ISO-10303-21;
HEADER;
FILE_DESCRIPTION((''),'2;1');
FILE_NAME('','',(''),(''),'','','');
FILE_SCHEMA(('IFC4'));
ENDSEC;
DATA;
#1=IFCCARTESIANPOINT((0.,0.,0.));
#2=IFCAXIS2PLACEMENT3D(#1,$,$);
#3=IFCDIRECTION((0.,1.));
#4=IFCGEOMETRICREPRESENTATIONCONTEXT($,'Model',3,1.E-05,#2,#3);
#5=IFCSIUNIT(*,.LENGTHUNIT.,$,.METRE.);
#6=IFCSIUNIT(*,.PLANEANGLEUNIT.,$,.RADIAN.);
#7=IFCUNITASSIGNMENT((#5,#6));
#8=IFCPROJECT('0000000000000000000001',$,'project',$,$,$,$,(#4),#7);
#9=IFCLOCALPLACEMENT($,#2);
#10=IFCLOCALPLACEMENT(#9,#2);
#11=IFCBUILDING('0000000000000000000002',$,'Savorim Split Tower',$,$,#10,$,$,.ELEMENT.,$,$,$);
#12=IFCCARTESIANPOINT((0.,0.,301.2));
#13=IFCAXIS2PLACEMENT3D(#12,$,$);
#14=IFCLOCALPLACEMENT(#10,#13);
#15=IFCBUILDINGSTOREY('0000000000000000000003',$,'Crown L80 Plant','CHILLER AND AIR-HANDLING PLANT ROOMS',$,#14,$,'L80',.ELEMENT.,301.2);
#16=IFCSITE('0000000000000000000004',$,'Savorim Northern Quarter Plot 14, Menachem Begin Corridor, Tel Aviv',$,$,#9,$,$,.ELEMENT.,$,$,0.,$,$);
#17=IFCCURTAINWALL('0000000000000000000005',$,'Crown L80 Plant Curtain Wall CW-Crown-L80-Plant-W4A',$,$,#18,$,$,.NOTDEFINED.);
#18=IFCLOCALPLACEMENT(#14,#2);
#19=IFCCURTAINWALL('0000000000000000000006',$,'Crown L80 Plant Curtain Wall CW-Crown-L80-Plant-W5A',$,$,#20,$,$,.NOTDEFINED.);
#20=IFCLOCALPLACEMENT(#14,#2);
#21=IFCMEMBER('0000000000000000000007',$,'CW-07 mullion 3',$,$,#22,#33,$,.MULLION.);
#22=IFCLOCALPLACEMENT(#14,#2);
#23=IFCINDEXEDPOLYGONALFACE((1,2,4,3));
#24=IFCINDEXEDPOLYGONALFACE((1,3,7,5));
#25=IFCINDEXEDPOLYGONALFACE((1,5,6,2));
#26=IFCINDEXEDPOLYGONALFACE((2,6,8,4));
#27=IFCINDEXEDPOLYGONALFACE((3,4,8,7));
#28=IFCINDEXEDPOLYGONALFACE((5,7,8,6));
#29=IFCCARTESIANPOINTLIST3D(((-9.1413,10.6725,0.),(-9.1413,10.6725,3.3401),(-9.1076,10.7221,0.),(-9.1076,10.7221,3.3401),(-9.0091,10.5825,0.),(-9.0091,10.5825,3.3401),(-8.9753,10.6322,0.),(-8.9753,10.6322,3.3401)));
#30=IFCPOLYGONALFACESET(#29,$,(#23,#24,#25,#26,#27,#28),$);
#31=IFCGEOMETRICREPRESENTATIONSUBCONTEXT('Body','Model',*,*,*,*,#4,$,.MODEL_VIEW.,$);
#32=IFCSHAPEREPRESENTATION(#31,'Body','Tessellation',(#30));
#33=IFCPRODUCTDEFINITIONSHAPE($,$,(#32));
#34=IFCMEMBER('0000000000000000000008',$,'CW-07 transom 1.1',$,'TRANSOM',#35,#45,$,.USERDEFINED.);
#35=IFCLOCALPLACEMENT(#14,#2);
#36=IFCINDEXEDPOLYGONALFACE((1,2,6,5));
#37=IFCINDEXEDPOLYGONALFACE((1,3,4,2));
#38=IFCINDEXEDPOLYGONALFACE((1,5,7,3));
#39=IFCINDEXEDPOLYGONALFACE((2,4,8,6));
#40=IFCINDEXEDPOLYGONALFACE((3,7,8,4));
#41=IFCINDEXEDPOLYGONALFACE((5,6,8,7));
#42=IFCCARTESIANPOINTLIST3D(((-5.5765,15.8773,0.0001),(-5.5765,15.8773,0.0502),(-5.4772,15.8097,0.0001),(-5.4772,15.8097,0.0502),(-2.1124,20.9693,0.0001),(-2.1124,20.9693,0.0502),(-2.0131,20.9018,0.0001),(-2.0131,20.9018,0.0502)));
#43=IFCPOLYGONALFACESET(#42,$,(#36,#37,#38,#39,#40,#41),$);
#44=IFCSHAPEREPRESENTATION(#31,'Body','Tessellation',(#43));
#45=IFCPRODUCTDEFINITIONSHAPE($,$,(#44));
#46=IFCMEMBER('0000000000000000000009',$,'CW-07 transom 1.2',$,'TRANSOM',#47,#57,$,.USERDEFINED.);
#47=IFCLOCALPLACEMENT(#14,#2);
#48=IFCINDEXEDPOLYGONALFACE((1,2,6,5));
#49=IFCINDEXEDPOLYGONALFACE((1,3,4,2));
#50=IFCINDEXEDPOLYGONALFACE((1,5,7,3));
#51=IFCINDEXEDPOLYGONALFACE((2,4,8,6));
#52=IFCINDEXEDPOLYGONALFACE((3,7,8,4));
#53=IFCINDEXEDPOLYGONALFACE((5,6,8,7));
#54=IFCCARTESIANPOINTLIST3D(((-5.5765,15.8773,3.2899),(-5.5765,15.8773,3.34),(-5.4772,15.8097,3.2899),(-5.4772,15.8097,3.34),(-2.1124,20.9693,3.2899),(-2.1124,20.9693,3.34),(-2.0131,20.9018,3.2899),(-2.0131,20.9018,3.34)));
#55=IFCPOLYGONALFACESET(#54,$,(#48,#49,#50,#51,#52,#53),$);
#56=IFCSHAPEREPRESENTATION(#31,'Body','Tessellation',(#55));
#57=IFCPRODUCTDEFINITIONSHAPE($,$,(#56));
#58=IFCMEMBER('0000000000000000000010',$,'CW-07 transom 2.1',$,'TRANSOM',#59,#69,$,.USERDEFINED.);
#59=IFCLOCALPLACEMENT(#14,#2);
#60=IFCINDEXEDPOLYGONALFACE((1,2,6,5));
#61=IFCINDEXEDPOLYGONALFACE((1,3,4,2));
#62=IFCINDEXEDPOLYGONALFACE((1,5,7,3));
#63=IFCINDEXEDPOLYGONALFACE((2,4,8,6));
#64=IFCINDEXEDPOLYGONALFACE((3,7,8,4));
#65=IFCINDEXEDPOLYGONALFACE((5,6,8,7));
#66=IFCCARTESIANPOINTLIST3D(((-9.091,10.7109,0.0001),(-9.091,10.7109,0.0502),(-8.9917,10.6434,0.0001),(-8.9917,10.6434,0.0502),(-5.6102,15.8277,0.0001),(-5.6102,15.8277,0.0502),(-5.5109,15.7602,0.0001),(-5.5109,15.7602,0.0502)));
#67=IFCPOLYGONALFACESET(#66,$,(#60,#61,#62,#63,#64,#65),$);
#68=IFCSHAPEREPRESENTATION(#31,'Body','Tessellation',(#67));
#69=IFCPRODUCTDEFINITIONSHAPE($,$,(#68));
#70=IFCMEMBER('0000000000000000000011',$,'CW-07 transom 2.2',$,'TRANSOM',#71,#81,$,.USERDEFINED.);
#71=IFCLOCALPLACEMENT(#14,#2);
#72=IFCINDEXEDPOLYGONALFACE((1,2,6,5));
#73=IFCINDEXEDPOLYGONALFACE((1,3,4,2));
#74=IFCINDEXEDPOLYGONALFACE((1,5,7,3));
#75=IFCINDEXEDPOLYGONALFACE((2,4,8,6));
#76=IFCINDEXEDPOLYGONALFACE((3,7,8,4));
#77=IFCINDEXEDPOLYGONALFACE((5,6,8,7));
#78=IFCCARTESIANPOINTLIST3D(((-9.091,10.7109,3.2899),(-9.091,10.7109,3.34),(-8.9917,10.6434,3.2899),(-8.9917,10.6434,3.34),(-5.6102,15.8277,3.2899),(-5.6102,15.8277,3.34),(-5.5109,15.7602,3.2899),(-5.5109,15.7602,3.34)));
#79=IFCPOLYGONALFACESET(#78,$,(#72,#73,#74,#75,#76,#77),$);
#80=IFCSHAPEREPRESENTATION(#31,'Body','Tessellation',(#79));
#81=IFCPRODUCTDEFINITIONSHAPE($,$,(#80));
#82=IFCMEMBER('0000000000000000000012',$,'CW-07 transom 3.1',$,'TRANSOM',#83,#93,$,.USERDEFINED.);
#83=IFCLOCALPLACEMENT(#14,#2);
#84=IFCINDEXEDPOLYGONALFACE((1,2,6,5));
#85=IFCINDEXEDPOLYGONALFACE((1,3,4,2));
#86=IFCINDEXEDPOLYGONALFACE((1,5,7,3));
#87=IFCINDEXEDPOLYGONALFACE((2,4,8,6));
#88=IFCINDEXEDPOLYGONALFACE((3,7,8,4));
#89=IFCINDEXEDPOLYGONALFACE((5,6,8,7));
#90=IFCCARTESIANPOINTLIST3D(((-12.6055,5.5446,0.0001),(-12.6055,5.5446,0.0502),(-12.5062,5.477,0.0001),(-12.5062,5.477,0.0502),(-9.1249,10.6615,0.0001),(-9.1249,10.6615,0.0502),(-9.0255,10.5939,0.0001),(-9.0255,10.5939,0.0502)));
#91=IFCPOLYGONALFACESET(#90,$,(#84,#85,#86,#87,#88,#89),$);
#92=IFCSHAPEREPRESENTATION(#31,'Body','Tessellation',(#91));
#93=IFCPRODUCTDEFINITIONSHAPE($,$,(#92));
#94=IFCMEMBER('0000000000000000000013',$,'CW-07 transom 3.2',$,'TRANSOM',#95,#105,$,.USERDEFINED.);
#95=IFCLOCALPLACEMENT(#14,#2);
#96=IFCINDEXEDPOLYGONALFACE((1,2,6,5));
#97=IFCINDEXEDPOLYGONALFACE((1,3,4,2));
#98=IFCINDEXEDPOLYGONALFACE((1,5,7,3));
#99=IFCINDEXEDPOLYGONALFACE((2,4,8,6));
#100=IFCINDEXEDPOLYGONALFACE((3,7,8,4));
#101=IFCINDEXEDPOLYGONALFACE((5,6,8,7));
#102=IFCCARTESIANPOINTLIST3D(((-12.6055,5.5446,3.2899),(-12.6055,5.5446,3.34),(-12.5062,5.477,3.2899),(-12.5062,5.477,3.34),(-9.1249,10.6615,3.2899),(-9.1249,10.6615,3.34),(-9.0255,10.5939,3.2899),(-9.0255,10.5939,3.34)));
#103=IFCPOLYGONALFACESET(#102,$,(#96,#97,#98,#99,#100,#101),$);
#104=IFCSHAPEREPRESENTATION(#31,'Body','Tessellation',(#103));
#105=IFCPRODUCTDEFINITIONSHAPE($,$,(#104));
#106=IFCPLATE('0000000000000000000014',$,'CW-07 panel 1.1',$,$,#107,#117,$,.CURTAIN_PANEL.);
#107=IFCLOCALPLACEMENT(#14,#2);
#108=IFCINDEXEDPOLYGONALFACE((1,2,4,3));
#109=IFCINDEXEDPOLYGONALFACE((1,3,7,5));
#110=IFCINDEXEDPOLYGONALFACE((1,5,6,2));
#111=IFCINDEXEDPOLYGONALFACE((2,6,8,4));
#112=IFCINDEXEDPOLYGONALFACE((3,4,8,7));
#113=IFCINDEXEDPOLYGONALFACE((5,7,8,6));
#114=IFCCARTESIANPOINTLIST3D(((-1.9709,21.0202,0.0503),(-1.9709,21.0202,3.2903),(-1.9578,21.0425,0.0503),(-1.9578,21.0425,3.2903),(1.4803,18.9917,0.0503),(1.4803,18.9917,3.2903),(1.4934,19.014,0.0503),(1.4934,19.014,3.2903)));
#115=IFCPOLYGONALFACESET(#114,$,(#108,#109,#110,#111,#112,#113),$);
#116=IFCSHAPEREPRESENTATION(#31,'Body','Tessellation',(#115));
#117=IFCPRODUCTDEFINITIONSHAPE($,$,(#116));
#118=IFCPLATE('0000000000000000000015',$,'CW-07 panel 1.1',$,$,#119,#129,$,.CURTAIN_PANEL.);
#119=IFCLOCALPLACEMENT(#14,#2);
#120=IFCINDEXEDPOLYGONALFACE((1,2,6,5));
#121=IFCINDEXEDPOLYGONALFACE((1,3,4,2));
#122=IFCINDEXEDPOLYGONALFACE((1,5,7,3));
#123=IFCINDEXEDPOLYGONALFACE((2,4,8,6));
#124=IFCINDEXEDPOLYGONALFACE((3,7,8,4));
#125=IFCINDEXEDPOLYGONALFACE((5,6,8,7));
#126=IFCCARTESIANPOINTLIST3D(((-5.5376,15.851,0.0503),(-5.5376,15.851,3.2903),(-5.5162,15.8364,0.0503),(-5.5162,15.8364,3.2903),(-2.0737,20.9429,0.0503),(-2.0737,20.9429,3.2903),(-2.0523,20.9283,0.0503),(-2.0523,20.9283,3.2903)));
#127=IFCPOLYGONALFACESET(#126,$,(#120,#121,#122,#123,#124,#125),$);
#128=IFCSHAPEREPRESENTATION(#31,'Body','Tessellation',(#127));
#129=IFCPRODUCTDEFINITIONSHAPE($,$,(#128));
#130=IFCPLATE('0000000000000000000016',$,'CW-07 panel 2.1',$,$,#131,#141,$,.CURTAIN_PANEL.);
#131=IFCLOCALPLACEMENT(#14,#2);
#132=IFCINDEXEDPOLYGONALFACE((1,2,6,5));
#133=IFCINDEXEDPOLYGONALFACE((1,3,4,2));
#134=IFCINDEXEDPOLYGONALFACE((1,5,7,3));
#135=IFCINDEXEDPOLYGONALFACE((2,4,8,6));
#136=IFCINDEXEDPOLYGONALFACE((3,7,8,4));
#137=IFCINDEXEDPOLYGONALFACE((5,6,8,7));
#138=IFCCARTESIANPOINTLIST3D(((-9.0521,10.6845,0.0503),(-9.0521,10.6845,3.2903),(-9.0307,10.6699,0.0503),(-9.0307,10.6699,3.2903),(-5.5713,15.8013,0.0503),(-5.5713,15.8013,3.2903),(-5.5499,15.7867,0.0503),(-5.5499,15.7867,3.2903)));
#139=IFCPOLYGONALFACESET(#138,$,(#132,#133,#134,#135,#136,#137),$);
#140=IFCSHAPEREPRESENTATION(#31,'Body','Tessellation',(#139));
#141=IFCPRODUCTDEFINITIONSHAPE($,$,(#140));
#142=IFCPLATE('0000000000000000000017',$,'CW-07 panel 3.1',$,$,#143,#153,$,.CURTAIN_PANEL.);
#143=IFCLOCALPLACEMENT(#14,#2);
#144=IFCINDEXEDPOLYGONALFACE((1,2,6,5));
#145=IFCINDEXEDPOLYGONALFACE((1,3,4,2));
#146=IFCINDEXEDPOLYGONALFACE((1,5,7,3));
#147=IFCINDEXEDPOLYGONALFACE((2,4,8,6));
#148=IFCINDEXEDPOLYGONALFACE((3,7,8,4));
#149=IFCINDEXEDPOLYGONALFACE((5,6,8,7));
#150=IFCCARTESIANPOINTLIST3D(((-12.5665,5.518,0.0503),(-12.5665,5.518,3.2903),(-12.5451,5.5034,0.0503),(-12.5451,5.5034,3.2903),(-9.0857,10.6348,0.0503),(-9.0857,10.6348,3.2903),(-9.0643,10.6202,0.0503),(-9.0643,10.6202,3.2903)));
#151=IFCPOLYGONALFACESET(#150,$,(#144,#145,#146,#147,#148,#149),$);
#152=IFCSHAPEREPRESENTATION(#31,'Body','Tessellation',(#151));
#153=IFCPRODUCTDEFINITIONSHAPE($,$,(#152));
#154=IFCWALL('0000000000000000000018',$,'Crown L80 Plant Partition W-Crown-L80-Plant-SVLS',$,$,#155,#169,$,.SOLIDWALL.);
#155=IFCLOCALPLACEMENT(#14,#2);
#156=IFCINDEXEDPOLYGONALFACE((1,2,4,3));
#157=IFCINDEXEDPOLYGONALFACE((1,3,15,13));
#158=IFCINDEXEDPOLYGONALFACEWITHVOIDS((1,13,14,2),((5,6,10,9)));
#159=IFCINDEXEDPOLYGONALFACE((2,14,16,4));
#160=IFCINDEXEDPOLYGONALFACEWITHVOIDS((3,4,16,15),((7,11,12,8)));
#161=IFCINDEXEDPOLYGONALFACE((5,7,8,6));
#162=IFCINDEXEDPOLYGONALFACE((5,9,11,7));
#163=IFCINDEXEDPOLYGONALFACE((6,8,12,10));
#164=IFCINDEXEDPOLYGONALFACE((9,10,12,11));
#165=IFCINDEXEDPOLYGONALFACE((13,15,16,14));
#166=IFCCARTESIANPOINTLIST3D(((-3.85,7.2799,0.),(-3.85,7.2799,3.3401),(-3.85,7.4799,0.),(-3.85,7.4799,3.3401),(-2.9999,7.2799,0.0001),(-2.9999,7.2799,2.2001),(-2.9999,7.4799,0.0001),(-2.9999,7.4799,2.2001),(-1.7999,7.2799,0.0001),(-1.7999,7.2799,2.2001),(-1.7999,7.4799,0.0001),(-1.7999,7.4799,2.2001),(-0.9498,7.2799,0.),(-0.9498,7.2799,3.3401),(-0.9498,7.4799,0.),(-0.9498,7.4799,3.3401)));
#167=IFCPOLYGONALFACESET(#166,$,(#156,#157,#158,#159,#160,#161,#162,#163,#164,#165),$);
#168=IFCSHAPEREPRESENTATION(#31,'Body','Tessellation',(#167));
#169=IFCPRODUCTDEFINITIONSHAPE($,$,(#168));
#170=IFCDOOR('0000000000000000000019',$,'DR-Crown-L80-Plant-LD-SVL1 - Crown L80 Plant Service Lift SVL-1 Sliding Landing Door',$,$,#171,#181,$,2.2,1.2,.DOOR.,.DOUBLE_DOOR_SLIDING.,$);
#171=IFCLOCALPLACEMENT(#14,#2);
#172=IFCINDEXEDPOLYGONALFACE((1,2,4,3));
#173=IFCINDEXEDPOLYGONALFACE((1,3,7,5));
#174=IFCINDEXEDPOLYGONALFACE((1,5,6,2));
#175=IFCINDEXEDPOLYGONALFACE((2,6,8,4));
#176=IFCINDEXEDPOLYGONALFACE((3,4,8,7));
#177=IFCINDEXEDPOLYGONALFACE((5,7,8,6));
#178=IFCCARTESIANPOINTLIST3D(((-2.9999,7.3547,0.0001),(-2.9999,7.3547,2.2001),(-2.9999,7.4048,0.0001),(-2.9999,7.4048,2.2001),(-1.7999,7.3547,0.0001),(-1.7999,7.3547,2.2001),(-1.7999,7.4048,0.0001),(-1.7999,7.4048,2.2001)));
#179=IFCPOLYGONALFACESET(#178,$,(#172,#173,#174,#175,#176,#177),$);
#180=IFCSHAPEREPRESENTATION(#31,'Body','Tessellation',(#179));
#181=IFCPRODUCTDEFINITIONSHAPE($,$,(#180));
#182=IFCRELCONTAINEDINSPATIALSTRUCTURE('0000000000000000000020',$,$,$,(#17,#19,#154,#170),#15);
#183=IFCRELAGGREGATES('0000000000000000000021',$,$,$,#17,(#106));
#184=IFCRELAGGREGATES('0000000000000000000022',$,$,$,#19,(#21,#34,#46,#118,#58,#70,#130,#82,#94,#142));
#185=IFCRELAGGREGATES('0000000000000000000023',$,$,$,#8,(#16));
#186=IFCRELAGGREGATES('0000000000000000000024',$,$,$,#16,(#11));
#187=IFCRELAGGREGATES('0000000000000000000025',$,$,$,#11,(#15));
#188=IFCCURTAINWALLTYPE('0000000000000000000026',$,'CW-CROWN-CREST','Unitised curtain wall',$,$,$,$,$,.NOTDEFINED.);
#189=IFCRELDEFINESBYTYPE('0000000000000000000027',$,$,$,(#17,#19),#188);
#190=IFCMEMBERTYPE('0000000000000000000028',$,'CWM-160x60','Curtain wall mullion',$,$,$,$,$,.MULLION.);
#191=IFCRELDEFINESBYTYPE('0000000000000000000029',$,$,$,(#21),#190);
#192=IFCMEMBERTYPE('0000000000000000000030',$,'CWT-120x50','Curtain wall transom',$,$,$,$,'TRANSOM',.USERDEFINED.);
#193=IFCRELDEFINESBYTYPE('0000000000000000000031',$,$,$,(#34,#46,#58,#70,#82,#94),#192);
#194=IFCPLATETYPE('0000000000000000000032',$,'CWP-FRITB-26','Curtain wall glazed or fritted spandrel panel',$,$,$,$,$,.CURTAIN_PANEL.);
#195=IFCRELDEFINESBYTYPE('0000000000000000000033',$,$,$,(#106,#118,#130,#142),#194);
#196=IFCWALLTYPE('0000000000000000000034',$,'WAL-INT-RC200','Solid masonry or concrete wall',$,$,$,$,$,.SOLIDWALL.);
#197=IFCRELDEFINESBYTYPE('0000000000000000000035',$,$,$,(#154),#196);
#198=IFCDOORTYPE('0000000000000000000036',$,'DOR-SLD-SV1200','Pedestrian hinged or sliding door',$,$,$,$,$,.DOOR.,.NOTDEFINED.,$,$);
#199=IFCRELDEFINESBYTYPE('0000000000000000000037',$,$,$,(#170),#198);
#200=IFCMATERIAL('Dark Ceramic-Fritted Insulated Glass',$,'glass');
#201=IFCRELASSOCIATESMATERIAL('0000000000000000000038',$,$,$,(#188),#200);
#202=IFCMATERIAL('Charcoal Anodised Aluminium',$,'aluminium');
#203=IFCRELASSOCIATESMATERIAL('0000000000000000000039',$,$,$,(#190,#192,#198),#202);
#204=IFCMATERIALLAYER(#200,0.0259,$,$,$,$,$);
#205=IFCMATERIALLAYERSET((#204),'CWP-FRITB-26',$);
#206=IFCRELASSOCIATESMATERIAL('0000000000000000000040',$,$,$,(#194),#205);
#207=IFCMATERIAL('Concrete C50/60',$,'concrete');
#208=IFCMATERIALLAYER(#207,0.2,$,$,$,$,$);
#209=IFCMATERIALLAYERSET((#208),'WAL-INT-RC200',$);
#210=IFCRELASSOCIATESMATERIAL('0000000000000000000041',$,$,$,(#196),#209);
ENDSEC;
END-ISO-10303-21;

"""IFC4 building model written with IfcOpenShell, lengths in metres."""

from ifc_helpers import new_model, si_unit, direction, frame, frame_2d, origin, origin_2d, place, context, subcontext, project, spatial, rectangle, extrude, material, layer, layer_set, material_profile, profile_set, type_object, element, fill, aggregate, save


model = new_model("IFC4")

# Units and contexts
model_context = context("Model", 3, precision=1e-05, world=origin(), true_north=direction((0.0, 1.0)))
body_context = subcontext(model_context, "Body", "Model", "MODEL_VIEW")
ifc_project = project(units=[si_unit("LENGTHUNIT", "METRE"), si_unit("PLANEANGLEUNIT", "RADIAN")], contexts=[model_context])

# Site, building, storey
site_placement = place(None, origin())
site = spatial("IfcSite", under=ifc_project, at=site_placement, Name="Savorim Northern Quarter Plot 14, Menachem Begin Corridor, Tel Aviv", CompositionType="ELEMENT", RefElevation=0.0)
building_placement = place(site_placement, origin())
building = spatial("IfcBuilding", under=site, at=building_placement, Name="Savorim Split Tower", CompositionType="ELEMENT")
storey_placement = place(building_placement, frame((0.0, 0.0, 301.2)))
storey = spatial("IfcBuildingStorey", under=building, at=storey_placement, Name="Crown L80 Plant", Description="CHILLER AND AIR-HANDLING PLANT ROOMS", LongName="L80", CompositionType="ELEMENT", Elevation=301.2)

# Curtain wall
ifc_material_1 = material(Name="Dark Ceramic-Fritted Insulated Glass", Category="glass")
curtain_wall_type = type_object("IfcCurtainWallType", Name="CW-CROWN-CREST", Description="Unitised curtain wall", PredefinedType="NOTDEFINED", material=ifc_material_1)
curtain_wall_1_placement = place(storey_placement, origin())
curtain_wall_1 = element("IfcCurtainWall", 1, at=curtain_wall_1_placement, inside=storey, type_object=curtain_wall_type, Name="Crown L80 Plant Curtain Wall CW-Crown-L80-Plant-W4A", PredefinedType="NOTDEFINED")
ifc_material_2 = material(Name="Charcoal Anodised Aluminium", Category="aluminium")
ifc_material_profile_1 = material_profile(ifc_material_2, rectangle(XDim=0.1599, YDim=0.0601, at=origin_2d()), Name="ALU-M 160x60")
ifc_profile_set_1 = profile_set([ifc_material_profile_1], Name="Charcoal Anodised Aluminium")
member_type_1 = type_object("IfcMemberType", Name="CWM-160x60", Description="Curtain wall mullion", PredefinedType="MULLION", material=ifc_profile_set_1)

# Curtain wall, members
curtain_wall_2_placement = place(storey_placement, origin())
curtain_wall_2 = element("IfcCurtainWall", 2, at=curtain_wall_2_placement, inside=storey, type_object=curtain_wall_type, Name="Crown L80 Plant Curtain Wall CW-Crown-L80-Plant-W5A", PredefinedType="NOTDEFINED")
member_1_placement = place(storey_placement, frame((-9.0583, 10.6523, 0.0), z_axis=(0.0, 0.0, 1.0), x_axis=(0.826821, -0.562465, 0.0)))
member_1 = element("IfcMember", 3, at=member_1_placement, type_object=member_type_1, Name="CW-07 mullion 3", PredefinedType="MULLION", context=body_context, shape_type="SweptSolid", body=[
    extrude(rectangle(XDim=0.1599, YDim=0.0601, at=origin_2d()), origin(), (0.0, 0.0, 1.0), 3.3401),
])
ifc_material_profile_2 = material_profile(ifc_material_2, rectangle(XDim=0.1201, YDim=0.05, at=origin_2d()), Name="ALU-T 120x50")
ifc_profile_set_2 = profile_set([ifc_material_profile_2], Name="Charcoal Anodised Aluminium")
member_type_2 = type_object("IfcMemberType", Name="CWT-120x50", Description="Curtain wall transom", ElementType="TRANSOM", PredefinedType="USERDEFINED", material=ifc_profile_set_2)
member_2_placement = place(storey_placement, frame((-2.0627, 20.9355, 0.0251), z_axis=(-0.562479, -0.826811, 0.0), x_axis=(0.826811, -0.562479, 0.0)))
member_2 = element("IfcMember", 4, at=member_2_placement, type_object=member_type_2, Name="CW-07 transom 1.1", ObjectType="TRANSOM", PredefinedType="USERDEFINED", context=body_context, shape_type="SweptSolid", body=[
    extrude(rectangle(XDim=0.1201, YDim=0.05, at=origin_2d()), origin(), (0.0, 0.0, 1.0), 6.1587),
])
member_3_placement = place(storey_placement, frame((-2.0627, 20.9355, 3.3149), z_axis=(-0.562479, -0.826811, 0.0), x_axis=(0.826811, -0.562479, 0.0)))
member_3 = element("IfcMember", 5, at=member_3_placement, type_object=member_type_2, Name="CW-07 transom 1.2", ObjectType="TRANSOM", PredefinedType="USERDEFINED", context=body_context, shape_type="SweptSolid", body=[
    extrude(rectangle(XDim=0.1201, YDim=0.05, at=origin_2d()), origin(), (0.0, 0.0, 1.0), 6.1587),
])
member_4_placement = place(storey_placement, frame((-5.5605, 15.7939, 0.0251), z_axis=(-0.56246, -0.826824, 0.0), x_axis=(0.826824, -0.56246, 0.0)))
member_4 = element("IfcMember", 6, at=member_4_placement, type_object=member_type_2, Name="CW-07 transom 2.1", ObjectType="TRANSOM", PredefinedType="USERDEFINED", context=body_context, shape_type="SweptSolid", body=[
    extrude(rectangle(XDim=0.1201, YDim=0.05, at=origin_2d()), origin(), (0.0, 0.0, 1.0), 6.1885),
])
member_5_placement = place(storey_placement, frame((-5.5605, 15.7939, 3.3149), z_axis=(-0.56246, -0.826824, 0.0), x_axis=(0.826824, -0.56246, 0.0)))
member_5 = element("IfcMember", 7, at=member_5_placement, type_object=member_type_2, Name="CW-07 transom 2.2", ObjectType="TRANSOM", PredefinedType="USERDEFINED", context=body_context, shape_type="SweptSolid", body=[
    extrude(rectangle(XDim=0.1201, YDim=0.05, at=origin_2d()), origin(), (0.0, 0.0, 1.0), 6.1885),
])
member_6_placement = place(storey_placement, frame((-9.0752, 10.6277, 0.0251), z_axis=(-0.562442, -0.826837, 0.0), x_axis=(0.826837, -0.562442, 0.0)))
member_6 = element("IfcMember", 8, at=member_6_placement, type_object=member_type_2, Name="CW-07 transom 3.1", ObjectType="TRANSOM", PredefinedType="USERDEFINED", context=body_context, shape_type="SweptSolid", body=[
    extrude(rectangle(XDim=0.1201, YDim=0.05, at=origin_2d()), origin(), (0.0, 0.0, 1.0), 6.1885),
])
member_7_placement = place(storey_placement, frame((-9.0752, 10.6277, 3.3149), z_axis=(-0.562442, -0.826837, 0.0), x_axis=(0.826837, -0.562442, 0.0)))
member_7 = element("IfcMember", 9, at=member_7_placement, type_object=member_type_2, Name="CW-07 transom 3.2", ObjectType="TRANSOM", PredefinedType="USERDEFINED", context=body_context, shape_type="SweptSolid", body=[
    extrude(rectangle(XDim=0.1201, YDim=0.05, at=origin_2d()), origin(), (0.0, 0.0, 1.0), 6.1885),
])

# Plates
ifc_layer_1 = layer(ifc_material_1, 0.0259)
ifc_layer_set_1 = layer_set([ifc_layer_1], Name="CWP-FRITB-26")
plate_type = type_object("IfcPlateType", Name="CWP-FRITB-26", Description="Curtain wall glazed or fritted spandrel panel", PredefinedType="CURTAIN_PANEL", material=ifc_layer_set_1)
plate_1_placement = place(storey_placement, frame((-0.2388, 20.0171, 0.0503), z_axis=(0.0, 0.0, 1.0), x_axis=(-0.862119, 0.506706, 0.0)))
plate_1 = element("IfcPlate", 10, at=plate_1_placement, type_object=plate_type, Name="CW-07 panel 1.1", PredefinedType="CURTAIN_PANEL", context=body_context, shape_type="SweptSolid", body=[
    extrude(rectangle(XDim=4.0032, YDim=0.0259, at=origin_2d()), origin(), (0.0, 0.0, 1.0), 3.24),
])
aggregate(curtain_wall_1, [plate_1])
plate_2_placement = place(storey_placement, frame((-3.7949, 18.3896, 0.0503), z_axis=(0.0, 0.0, 1.0), x_axis=(-0.562465, -0.826821, 0.0)))
plate_2 = element("IfcPlate", 11, at=plate_2_placement, type_object=plate_type, Name="CW-07 panel 1.1", PredefinedType="CURTAIN_PANEL", context=body_context, shape_type="SweptSolid", body=[
    extrude(rectangle(XDim=6.1584, YDim=0.0259, at=origin_2d()), origin(), (0.0, 0.0, 1.0), 3.24),
])
plate_3_placement = place(storey_placement, frame((-7.301, 13.2356, 0.0503), z_axis=(0.0, 0.0, 1.0), x_axis=(-0.562465, -0.826821, 0.0)))
plate_3 = element("IfcPlate", 12, at=plate_3_placement, type_object=plate_type, Name="CW-07 panel 2.1", PredefinedType="CURTAIN_PANEL", context=body_context, shape_type="SweptSolid", body=[
    extrude(rectangle(XDim=6.1885, YDim=0.0259, at=origin_2d()), origin(), (0.0, 0.0, 1.0), 3.24),
])
plate_4_placement = place(storey_placement, frame((-10.8154, 8.0691, 0.0503), z_axis=(0.0, 0.0, 1.0), x_axis=(-0.562465, -0.826821, 0.0)))
plate_4 = element("IfcPlate", 13, at=plate_4_placement, type_object=plate_type, Name="CW-07 panel 3.1", PredefinedType="CURTAIN_PANEL", context=body_context, shape_type="SweptSolid", body=[
    extrude(rectangle(XDim=6.1885, YDim=0.0259, at=origin_2d()), origin(), (0.0, 0.0, 1.0), 3.24),
])
aggregate(curtain_wall_2, [member_1, member_2, member_3, plate_2, member_4, member_5, plate_3, member_6, member_7, plate_4])

# Wall, opening, door
ifc_material_3 = material(Name="Concrete C50/60", Category="concrete")
ifc_layer_2 = layer(ifc_material_3, 0.2)
ifc_layer_set_2 = layer_set([ifc_layer_2], Name="WAL-INT-RC200")
wall_type_1 = type_object("IfcWallType", Name="WAL-INT-RC200", Description="Solid masonry or concrete wall", PredefinedType="SOLIDWALL", material=ifc_layer_set_2)
wall_1_placement = place(storey_placement, frame((-3.8501, 7.3799, 0.0), z_axis=(0.0, 0.0, 1.0), x_axis=(1.0, 0.0, 0.0)))
wall_1 = element("IfcWall", 14, at=wall_1_placement, inside=storey, type_object=wall_type_1, Name="Crown L80 Plant Partition W-Crown-L80-Plant-SVLS", PredefinedType="SOLIDWALL", context=body_context, shape_type="SweptSolid", body=[
    extrude(rectangle(XDim=2.9001, YDim=0.2, at=frame_2d((1.4502, 0.0))), origin(), (0.0, 0.0, 1.0), 3.3401),
])
opening_1_placement = place(wall_1_placement, frame((0.8501, 0.0, 0.0)))
opening_1 = element("IfcOpeningElement", 15, at=opening_1_placement, cuts=wall_1, PredefinedType="OPENING", context=body_context, shape_type="SweptSolid", body=[
    extrude(rectangle(XDim=1.2, YDim=2.2, at=frame_2d((0.6001, 1.1001))), frame((0.0, 0.1099, 0.0), z_axis=(0.0, -1.0, 0.0), x_axis=(1.0, 0.0, 0.0)), (0.0, 0.0, 1.0), 0.22),
])
door_type_1 = type_object("IfcDoorType", Name="DOR-SLD-SV1200", Description="Pedestrian hinged or sliding door", OperationType="NOTDEFINED", PredefinedType="DOOR", material=ifc_material_2)
door_1_placement = place(opening_1_placement, origin())
door_1 = element("IfcDoor", 16, at=door_1_placement, inside=storey, type_object=door_type_1, Name="DR-Crown-L80-Plant-LD-SVL1 - Crown L80 Plant Service Lift SVL-1 Sliding Landing Door", OperationType="DOUBLE_DOOR_SLIDING", OverallHeight=2.2, OverallWidth=1.2, PredefinedType="DOOR", context=body_context, shape_type="SweptSolid", body=[
    extrude(rectangle(XDim=1.2, YDim=2.2, at=frame_2d((0.6001, 1.1001))), frame((0.0, 0.0249, 0.0), z_axis=(0.0, -1.0, 0.0), x_axis=(1.0, 0.0, 0.0)), (0.0, 0.0, 1.0), 0.05),
])
fill(opening_1, door_1)

save(model, "model.ifc")
